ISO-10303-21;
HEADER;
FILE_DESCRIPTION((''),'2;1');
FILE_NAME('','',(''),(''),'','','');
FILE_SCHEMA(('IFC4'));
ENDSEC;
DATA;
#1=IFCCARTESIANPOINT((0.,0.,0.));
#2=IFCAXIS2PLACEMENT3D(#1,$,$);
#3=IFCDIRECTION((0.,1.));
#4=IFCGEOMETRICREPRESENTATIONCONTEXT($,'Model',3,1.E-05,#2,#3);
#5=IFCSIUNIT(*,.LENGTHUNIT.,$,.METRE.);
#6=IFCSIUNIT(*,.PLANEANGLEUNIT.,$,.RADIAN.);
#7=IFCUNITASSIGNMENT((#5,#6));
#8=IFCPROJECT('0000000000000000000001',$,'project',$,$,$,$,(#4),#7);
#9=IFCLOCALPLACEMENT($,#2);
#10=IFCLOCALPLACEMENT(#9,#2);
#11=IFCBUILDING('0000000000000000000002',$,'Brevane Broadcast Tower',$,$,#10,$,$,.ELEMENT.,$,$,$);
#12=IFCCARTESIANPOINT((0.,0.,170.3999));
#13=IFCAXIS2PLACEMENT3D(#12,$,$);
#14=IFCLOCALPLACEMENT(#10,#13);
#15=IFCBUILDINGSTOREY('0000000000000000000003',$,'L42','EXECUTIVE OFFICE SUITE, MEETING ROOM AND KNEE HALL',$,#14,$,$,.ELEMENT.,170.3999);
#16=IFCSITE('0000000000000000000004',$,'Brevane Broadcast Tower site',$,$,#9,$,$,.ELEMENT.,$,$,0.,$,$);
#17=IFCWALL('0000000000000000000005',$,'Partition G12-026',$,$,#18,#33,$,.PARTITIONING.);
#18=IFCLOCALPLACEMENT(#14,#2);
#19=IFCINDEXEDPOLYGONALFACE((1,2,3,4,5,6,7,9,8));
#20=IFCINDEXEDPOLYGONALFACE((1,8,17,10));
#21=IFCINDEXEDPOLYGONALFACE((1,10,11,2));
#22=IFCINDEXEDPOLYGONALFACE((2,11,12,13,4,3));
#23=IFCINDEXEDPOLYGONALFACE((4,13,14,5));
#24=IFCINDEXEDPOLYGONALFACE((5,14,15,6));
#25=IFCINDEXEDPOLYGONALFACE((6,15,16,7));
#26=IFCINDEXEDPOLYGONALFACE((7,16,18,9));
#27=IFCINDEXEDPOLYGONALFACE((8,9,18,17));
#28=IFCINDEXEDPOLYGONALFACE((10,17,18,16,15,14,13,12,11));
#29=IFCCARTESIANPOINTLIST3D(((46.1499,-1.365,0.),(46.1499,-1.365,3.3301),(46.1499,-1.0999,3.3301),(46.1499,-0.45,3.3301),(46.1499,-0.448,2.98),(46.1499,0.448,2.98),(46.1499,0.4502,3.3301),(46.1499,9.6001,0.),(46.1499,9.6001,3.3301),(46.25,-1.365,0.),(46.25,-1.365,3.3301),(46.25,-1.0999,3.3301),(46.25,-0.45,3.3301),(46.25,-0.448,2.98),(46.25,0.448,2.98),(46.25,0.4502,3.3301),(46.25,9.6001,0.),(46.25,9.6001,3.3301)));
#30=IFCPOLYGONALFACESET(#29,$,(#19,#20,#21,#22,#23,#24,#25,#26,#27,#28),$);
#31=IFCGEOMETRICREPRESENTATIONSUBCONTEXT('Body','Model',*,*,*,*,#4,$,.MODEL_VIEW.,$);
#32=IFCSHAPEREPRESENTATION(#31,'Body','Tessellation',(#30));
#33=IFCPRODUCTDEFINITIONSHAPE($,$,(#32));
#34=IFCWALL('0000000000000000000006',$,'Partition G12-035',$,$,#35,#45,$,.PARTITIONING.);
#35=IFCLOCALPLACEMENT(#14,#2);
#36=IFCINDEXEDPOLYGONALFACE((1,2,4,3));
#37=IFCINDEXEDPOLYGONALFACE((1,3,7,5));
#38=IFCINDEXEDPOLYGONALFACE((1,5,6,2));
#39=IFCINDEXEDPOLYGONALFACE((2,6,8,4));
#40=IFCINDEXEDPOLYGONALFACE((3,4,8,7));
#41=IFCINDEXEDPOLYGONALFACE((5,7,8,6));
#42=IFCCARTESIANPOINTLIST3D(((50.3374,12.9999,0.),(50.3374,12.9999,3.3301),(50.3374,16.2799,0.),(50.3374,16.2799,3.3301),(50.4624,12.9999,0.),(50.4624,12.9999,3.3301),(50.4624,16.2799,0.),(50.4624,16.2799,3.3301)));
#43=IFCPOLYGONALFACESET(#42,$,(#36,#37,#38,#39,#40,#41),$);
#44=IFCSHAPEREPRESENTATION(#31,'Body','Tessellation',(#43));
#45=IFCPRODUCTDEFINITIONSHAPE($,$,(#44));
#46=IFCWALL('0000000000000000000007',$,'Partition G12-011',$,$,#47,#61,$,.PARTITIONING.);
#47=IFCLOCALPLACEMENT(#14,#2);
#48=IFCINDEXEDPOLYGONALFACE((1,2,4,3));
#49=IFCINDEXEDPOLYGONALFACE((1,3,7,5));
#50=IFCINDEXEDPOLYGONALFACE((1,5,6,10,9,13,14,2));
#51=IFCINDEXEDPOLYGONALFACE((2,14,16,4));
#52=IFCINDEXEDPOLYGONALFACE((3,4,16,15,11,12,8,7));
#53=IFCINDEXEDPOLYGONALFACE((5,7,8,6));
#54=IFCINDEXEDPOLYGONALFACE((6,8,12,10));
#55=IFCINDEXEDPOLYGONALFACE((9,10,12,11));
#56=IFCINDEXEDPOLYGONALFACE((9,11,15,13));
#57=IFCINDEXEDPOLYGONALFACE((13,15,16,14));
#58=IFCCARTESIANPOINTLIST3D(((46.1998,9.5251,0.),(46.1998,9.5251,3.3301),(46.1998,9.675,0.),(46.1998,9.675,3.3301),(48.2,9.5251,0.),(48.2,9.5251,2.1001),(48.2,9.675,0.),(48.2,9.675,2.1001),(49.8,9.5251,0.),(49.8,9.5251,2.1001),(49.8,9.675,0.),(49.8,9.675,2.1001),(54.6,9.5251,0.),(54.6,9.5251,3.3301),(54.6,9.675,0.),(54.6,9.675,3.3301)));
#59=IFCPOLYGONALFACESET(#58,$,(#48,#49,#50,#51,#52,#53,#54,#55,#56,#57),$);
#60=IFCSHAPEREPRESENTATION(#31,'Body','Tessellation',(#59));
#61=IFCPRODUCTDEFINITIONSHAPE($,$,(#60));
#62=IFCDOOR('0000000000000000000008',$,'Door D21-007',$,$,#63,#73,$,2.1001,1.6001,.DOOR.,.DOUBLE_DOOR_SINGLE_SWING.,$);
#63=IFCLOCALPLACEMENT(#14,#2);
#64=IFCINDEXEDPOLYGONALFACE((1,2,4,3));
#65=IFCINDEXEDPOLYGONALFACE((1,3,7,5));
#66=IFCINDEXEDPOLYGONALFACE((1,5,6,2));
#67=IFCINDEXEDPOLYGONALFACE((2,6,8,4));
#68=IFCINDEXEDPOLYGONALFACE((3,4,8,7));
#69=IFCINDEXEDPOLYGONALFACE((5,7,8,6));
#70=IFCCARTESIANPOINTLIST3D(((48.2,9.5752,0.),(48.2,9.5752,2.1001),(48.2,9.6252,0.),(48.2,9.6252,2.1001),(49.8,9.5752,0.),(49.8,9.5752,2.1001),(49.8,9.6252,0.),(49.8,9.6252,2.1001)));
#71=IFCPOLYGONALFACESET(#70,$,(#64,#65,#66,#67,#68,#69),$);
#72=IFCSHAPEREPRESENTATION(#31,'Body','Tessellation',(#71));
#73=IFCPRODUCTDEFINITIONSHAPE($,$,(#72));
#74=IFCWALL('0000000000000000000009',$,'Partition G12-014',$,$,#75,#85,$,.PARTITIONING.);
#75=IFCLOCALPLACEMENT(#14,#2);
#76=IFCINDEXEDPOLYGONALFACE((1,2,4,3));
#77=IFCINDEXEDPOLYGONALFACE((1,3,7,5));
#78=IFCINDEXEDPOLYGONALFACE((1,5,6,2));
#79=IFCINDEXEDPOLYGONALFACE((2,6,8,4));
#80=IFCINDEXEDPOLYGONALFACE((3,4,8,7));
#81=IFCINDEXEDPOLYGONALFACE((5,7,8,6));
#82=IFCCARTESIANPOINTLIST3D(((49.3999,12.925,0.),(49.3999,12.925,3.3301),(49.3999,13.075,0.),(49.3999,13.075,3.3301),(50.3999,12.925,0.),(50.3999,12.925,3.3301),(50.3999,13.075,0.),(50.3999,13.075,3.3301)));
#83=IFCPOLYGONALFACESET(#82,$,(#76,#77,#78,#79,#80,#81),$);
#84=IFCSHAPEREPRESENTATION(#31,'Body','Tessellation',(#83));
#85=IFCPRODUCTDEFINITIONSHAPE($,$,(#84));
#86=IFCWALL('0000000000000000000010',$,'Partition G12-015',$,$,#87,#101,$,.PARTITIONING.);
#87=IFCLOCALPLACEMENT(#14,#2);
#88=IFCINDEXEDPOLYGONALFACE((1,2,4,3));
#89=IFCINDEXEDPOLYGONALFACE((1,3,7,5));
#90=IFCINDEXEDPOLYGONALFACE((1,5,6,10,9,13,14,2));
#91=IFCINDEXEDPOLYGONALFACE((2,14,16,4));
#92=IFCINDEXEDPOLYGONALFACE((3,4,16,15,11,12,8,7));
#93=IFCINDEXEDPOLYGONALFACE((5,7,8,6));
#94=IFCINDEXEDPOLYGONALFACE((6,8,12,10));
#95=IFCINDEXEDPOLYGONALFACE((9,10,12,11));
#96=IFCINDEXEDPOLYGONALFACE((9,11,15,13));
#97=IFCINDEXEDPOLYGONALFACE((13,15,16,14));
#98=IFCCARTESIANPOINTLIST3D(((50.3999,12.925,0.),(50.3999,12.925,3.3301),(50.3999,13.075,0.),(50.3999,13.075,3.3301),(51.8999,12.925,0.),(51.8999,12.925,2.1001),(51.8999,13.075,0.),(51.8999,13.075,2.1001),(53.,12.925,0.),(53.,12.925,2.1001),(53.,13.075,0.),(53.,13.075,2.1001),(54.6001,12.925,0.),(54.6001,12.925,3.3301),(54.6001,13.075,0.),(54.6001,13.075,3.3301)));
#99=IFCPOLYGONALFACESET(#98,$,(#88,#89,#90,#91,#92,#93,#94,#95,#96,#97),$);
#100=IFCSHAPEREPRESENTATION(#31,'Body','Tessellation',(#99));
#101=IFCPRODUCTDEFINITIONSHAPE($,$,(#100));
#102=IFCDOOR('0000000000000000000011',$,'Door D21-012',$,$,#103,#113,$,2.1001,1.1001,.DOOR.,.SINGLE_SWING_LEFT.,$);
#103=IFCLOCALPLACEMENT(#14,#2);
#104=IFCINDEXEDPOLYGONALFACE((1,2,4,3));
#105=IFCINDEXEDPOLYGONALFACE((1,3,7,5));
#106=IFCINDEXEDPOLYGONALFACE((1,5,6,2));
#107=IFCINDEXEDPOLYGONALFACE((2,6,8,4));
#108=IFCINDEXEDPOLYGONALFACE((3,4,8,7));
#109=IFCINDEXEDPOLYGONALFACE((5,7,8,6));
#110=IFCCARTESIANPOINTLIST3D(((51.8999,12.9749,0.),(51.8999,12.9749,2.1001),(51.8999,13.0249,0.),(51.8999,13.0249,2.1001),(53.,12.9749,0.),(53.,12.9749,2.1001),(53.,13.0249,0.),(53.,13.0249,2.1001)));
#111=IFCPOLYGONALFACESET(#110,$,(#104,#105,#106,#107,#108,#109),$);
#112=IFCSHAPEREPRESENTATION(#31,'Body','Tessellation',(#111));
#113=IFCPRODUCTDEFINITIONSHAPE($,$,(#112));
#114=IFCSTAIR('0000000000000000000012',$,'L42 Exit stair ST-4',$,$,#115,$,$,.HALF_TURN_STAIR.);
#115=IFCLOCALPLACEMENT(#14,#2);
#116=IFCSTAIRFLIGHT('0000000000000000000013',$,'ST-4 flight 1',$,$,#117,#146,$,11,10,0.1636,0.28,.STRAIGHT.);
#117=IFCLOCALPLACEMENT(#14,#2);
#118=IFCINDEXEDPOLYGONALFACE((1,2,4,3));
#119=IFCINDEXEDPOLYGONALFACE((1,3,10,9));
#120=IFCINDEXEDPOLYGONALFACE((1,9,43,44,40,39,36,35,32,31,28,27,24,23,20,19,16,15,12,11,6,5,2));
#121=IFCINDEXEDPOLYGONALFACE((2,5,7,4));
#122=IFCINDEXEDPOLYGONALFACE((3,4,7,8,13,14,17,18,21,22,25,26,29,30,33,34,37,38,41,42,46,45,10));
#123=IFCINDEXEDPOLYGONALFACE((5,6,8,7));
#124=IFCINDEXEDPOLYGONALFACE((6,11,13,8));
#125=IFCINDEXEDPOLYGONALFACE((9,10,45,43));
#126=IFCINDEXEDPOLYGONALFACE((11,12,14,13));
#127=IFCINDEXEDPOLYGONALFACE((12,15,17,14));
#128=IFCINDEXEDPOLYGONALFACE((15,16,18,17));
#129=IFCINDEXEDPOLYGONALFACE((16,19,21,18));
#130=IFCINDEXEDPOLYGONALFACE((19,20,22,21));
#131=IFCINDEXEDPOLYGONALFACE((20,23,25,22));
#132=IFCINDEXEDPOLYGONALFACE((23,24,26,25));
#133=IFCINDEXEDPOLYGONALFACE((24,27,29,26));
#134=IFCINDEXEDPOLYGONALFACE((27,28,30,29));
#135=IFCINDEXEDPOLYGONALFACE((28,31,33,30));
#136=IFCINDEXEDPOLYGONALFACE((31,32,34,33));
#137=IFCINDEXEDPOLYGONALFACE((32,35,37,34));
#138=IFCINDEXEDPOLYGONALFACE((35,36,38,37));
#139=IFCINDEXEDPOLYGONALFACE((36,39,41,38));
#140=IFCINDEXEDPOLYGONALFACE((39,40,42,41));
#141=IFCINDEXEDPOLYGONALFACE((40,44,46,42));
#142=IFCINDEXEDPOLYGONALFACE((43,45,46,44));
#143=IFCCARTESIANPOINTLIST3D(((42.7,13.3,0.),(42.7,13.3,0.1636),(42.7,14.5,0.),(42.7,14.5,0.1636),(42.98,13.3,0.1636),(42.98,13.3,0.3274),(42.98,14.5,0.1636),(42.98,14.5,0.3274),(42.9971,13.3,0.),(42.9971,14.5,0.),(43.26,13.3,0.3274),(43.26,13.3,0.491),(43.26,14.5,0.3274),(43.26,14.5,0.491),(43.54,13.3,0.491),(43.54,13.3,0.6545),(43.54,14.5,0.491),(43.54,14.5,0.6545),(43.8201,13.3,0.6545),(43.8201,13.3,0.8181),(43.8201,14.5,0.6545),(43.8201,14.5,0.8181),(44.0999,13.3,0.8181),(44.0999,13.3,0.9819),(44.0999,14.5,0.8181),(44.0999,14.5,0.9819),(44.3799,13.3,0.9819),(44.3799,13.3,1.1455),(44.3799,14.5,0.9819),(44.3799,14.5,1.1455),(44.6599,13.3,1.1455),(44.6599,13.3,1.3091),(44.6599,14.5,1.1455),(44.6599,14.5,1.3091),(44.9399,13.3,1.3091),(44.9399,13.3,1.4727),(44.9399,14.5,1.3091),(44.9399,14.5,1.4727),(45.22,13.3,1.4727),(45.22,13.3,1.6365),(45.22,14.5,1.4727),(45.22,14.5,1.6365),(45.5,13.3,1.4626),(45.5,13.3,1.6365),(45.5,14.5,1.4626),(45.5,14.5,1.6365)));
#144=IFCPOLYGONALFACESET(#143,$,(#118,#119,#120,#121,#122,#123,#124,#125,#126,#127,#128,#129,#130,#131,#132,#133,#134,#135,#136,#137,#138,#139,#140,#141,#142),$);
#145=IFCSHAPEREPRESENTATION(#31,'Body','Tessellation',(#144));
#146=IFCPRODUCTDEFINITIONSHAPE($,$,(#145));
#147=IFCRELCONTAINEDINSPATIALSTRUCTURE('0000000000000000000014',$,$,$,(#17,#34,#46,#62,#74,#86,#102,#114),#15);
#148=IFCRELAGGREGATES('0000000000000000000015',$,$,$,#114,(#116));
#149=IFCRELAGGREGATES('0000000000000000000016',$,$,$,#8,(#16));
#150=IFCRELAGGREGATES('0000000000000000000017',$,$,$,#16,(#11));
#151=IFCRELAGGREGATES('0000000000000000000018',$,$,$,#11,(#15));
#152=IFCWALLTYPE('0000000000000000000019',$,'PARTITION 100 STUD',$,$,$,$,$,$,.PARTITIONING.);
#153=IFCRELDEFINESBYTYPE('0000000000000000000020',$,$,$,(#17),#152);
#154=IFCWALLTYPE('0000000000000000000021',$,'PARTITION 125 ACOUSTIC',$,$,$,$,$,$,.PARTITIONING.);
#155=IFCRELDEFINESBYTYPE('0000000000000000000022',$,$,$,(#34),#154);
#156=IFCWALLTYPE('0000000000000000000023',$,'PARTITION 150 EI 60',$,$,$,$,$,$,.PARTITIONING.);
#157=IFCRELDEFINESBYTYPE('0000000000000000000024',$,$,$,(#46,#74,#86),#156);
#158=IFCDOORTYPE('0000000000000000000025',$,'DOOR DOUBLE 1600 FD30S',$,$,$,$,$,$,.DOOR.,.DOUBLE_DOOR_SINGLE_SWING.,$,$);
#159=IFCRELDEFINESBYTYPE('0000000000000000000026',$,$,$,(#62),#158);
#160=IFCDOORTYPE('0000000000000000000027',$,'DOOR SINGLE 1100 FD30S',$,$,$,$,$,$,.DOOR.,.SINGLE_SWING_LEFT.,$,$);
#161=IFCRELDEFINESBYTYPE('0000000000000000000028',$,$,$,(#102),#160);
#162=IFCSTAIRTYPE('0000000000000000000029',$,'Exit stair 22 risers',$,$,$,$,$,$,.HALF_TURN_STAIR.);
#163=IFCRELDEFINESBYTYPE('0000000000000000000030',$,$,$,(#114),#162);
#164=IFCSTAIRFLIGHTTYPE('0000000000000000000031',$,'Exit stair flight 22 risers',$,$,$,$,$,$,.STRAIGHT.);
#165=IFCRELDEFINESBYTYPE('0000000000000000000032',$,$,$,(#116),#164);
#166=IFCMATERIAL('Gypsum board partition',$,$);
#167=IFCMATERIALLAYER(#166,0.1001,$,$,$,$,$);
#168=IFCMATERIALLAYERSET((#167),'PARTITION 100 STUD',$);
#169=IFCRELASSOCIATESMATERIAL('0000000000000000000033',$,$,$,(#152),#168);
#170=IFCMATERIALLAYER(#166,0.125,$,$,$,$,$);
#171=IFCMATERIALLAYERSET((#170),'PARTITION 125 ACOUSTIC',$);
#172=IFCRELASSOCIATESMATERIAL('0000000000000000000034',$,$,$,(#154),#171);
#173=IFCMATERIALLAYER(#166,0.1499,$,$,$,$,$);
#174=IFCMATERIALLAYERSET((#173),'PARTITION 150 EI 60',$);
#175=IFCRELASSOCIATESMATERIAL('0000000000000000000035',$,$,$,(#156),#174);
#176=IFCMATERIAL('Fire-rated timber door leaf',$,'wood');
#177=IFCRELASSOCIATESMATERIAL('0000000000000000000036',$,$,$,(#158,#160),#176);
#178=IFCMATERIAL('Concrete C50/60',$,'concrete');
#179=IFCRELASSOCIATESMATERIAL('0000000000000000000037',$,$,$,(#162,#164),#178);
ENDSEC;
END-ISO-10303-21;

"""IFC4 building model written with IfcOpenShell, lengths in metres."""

from ifc_helpers import new_model, si_unit, direction, frame, frame_2d, origin, place, context, subcontext, project, spatial, polyline, rectangle, outline, extrude, material, layer, layer_set, type_object, element, fill, aggregate, save


model = new_model("IFC4")

# Units and contexts
model_context = context("Model", 3, precision=1e-05, world=origin(), true_north=direction((0.0, 1.0)))
body_context = subcontext(model_context, "Body", "Model", "MODEL_VIEW")
ifc_project = project(units=[si_unit("LENGTHUNIT", "METRE"), si_unit("PLANEANGLEUNIT", "RADIAN")], contexts=[model_context])

# Site, building, storey
site_placement = place(None, origin())
site = spatial("IfcSite", under=ifc_project, at=site_placement, Name="Brevane Broadcast Tower site", CompositionType="ELEMENT", RefElevation=0.0)
building_placement = place(site_placement, origin())
building = spatial("IfcBuilding", under=site, at=building_placement, Name="Brevane Broadcast Tower", CompositionType="ELEMENT")
storey_placement = place(building_placement, frame((0.0, 0.0, 170.3999)))
storey = spatial("IfcBuildingStorey", under=building, at=storey_placement, Name="L42", Description="EXECUTIVE OFFICE SUITE, MEETING ROOM AND KNEE HALL", CompositionType="ELEMENT", Elevation=170.3999)

# Walls
ifc_material_1 = material(Name="Gypsum board partition")
ifc_layer_1 = layer(ifc_material_1, 0.1001)
ifc_layer_set_1 = layer_set([ifc_layer_1], Name="PARTITION 100 STUD")
wall_type_1 = type_object("IfcWallType", Name="PARTITION 100 STUD", PredefinedType="PARTITIONING", material=ifc_layer_set_1)
wall_1_placement = place(storey_placement, frame((46.2, 9.6001, 0.0), z_axis=(0.0, 0.0, 1.0), x_axis=(0.0, -1.0, 0.0)))
element("IfcWall", 1, at=wall_1_placement, inside=storey, type_object=wall_type_1, Name="Partition G12-026", PredefinedType="PARTITIONING", context=body_context, shape_type="SweptSolid", body=[
    extrude(outline(polyline([(0.0, 0.0), (10.9651, 0.0), (10.9651, 3.3301), (10.7, 3.3301), (10.05, 3.3301), (10.0481, 2.98), (9.1521, 2.98), (9.1499, 3.3301), (0.0, 3.3301), (0.0, 0.0)])), frame((0.0, 0.05, 0.0), z_axis=(0.0, -1.0, 0.0), x_axis=(1.0, 0.0, 0.0)), (0.0, 0.0, 1.0), 0.1001),
])
ifc_layer_2 = layer(ifc_material_1, 0.125)
ifc_layer_set_2 = layer_set([ifc_layer_2], Name="PARTITION 125 ACOUSTIC")
wall_type_2 = type_object("IfcWallType", Name="PARTITION 125 ACOUSTIC", PredefinedType="PARTITIONING", material=ifc_layer_set_2)
wall_2_placement = place(storey_placement, frame((50.3999, 16.28, 0.0), z_axis=(0.0, 0.0, 1.0), x_axis=(0.0, -1.0, 0.0)))
element("IfcWall", 2, at=wall_2_placement, inside=storey, type_object=wall_type_2, Name="Partition G12-035", PredefinedType="PARTITIONING", context=body_context, shape_type="SweptSolid", body=[
    extrude(rectangle(XDim=3.28, YDim=0.125, at=frame_2d((1.6401, 0.0))), origin(), (0.0, 0.0, 1.0), 3.3301),
])

# Wall, opening, door
ifc_layer_3 = layer(ifc_material_1, 0.1499)
ifc_layer_set_3 = layer_set([ifc_layer_3], Name="PARTITION 150 EI 60")
wall_type_3 = type_object("IfcWallType", Name="PARTITION 150 EI 60", PredefinedType="PARTITIONING", material=ifc_layer_set_3)
ifc_material_2 = material(Name="Fire-rated timber door leaf", Category="wood")
wall_3_placement = place(storey_placement, frame((54.6001, 9.6001, 0.0), z_axis=(0.0, 0.0, 1.0), x_axis=(-1.0, 0.0, 0.0)))
wall_3 = element("IfcWall", 3, at=wall_3_placement, inside=storey, type_object=wall_type_3, Name="Partition G12-011", PredefinedType="PARTITIONING", context=body_context, shape_type="SweptSolid", body=[
    extrude(rectangle(XDim=8.4001, YDim=0.1499, at=frame_2d((4.2002, 0.0))), origin(), (0.0, 0.0, 1.0), 3.3301),
])
opening_1_placement = place(wall_3_placement, frame((4.8, 0.0, 0.0)))
opening_1 = element("IfcOpeningElement", 4, at=opening_1_placement, cuts=wall_3, PredefinedType="OPENING", context=body_context, shape_type="SweptSolid", body=[
    extrude(rectangle(XDim=1.6001, YDim=2.1001, at=frame_2d((0.8, 1.05))), frame((0.0, 0.085, 0.0), z_axis=(0.0, -1.0, 0.0), x_axis=(1.0, 0.0, 0.0)), (0.0, 0.0, 1.0), 0.1699),
])
door_type_1 = type_object("IfcDoorType", Name="DOOR DOUBLE 1600 FD30S", OperationType="DOUBLE_DOOR_SINGLE_SWING", PredefinedType="DOOR", material=ifc_material_2)
door_1_placement = place(opening_1_placement, origin())
door_1 = element("IfcDoor", 5, at=door_1_placement, inside=storey, type_object=door_type_1, Name="Door D21-007", OperationType="DOUBLE_DOOR_SINGLE_SWING", OverallHeight=2.1001, OverallWidth=1.6001, PredefinedType="DOOR", context=body_context, shape_type="SweptSolid", body=[
    extrude(rectangle(XDim=1.6001, YDim=2.1001, at=frame_2d((0.8, 1.05))), frame((0.0, 0.0249, 0.0), z_axis=(0.0, -1.0, 0.0), x_axis=(1.0, 0.0, 0.0)), (0.0, 0.0, 1.0), 0.05),
])
fill(opening_1, door_1)

# Wall
wall_4_placement = place(storey_placement, frame((49.3999, 13.0, 0.0), z_axis=(0.0, 0.0, 1.0), x_axis=(1.0, 0.0, 0.0)))
element("IfcWall", 6, at=wall_4_placement, inside=storey, type_object=wall_type_3, Name="Partition G12-014", PredefinedType="PARTITIONING", context=body_context, shape_type="SweptSolid", body=[
    extrude(rectangle(XDim=1.0, YDim=0.1499, at=frame_2d((0.5, 0.0))), origin(), (0.0, 0.0, 1.0), 3.3301),
])

# Wall, opening, door
wall_5_placement = place(storey_placement, frame((50.3999, 13.0, 0.0), z_axis=(0.0, 0.0, 1.0), x_axis=(1.0, 0.0, 0.0)))
wall_5 = element("IfcWall", 7, at=wall_5_placement, inside=storey, type_object=wall_type_3, Name="Partition G12-015", PredefinedType="PARTITIONING", context=body_context, shape_type="SweptSolid", body=[
    extrude(rectangle(XDim=4.2002, YDim=0.1499, at=frame_2d((2.1001, 0.0))), origin(), (0.0, 0.0, 1.0), 3.3301),
])
opening_2_placement = place(wall_5_placement, frame((1.5, 0.0, 0.0)))
opening_2 = element("IfcOpeningElement", 8, at=opening_2_placement, cuts=wall_5, PredefinedType="OPENING", context=body_context, shape_type="SweptSolid", body=[
    extrude(rectangle(XDim=1.1001, YDim=2.1001, at=frame_2d((0.55, 1.05))), frame((0.0, 0.085, 0.0), z_axis=(0.0, -1.0, 0.0), x_axis=(1.0, 0.0, 0.0)), (0.0, 0.0, 1.0), 0.1699),
])
door_type_2 = type_object("IfcDoorType", Name="DOOR SINGLE 1100 FD30S", OperationType="SINGLE_SWING_LEFT", PredefinedType="DOOR", material=ifc_material_2)
door_2_placement = place(opening_2_placement, origin())
door_2 = element("IfcDoor", 9, at=door_2_placement, inside=storey, type_object=door_type_2, Name="Door D21-012", OperationType="SINGLE_SWING_LEFT", OverallHeight=2.1001, OverallWidth=1.1001, PredefinedType="DOOR", context=body_context, shape_type="SweptSolid", body=[
    extrude(rectangle(XDim=1.1001, YDim=2.1001, at=frame_2d((0.55, 1.05))), frame((0.0, 0.0249, 0.0), z_axis=(0.0, -1.0, 0.0), x_axis=(1.0, 0.0, 0.0)), (0.0, 0.0, 1.0), 0.05),
])
fill(opening_2, door_2)

# Stair, stair flight
ifc_material_3 = material(Name="Concrete C50/60", Category="concrete")
stair_type = type_object("IfcStairType", Name="Exit stair 22 risers", PredefinedType="HALF_TURN_STAIR", material=ifc_material_3)
stair_placement = place(storey_placement, origin())
stair = element("IfcStair", 10, at=stair_placement, inside=storey, type_object=stair_type, Name="L42 Exit stair ST-4", PredefinedType="HALF_TURN_STAIR")
stair_flight_type = type_object("IfcStairFlightType", Name="Exit stair flight 22 risers", PredefinedType="STRAIGHT", material=ifc_material_3)
stair_flight_1_placement = place(storey_placement, frame((42.7, 13.8999, 0.0), z_axis=(0.0, 0.0, 1.0), x_axis=(1.0, 0.0, 0.0)))
stair_flight_1 = element("IfcStairFlight", 11, at=stair_flight_1_placement, type_object=stair_flight_type, Name="ST-4 flight 1", NumberOfRisers=11, NumberOfTreads=10, PredefinedType="STRAIGHT", RiserHeight=0.1636, TreadLength=0.28, context=body_context, shape_type="SweptSolid", body=[
    extrude(outline(polyline([(0.0, 0.0), (0.0, 0.1636), (0.28, 0.1636), (0.28, 0.3274), (0.5601, 0.3274), (0.5601, 0.491), (0.8401, 0.491), (0.8401, 0.6545), (1.1201, 0.6545), (1.1201, 0.8181), (1.3999, 0.8181), (1.3999, 0.9819), (1.6799, 0.9819), (1.6799, 1.1455), (1.96, 1.1455), (1.96, 1.3091), (2.24, 1.3091), (2.24, 1.4727), (2.52, 1.4727), (2.52, 1.6365), (2.8, 1.6365), (2.8, 1.8), (2.8, 1.4626), (0.2971, 0.0), (0.0, 0.0)])), frame((0.0, 0.6001, 0.0), z_axis=(0.0, -1.0, 0.0), x_axis=(1.0, 0.0, 0.0)), (0.0, 0.0, 1.0), 1.2),
])
aggregate(stair, [stair_flight_1])

save(model, "model.ifc")
